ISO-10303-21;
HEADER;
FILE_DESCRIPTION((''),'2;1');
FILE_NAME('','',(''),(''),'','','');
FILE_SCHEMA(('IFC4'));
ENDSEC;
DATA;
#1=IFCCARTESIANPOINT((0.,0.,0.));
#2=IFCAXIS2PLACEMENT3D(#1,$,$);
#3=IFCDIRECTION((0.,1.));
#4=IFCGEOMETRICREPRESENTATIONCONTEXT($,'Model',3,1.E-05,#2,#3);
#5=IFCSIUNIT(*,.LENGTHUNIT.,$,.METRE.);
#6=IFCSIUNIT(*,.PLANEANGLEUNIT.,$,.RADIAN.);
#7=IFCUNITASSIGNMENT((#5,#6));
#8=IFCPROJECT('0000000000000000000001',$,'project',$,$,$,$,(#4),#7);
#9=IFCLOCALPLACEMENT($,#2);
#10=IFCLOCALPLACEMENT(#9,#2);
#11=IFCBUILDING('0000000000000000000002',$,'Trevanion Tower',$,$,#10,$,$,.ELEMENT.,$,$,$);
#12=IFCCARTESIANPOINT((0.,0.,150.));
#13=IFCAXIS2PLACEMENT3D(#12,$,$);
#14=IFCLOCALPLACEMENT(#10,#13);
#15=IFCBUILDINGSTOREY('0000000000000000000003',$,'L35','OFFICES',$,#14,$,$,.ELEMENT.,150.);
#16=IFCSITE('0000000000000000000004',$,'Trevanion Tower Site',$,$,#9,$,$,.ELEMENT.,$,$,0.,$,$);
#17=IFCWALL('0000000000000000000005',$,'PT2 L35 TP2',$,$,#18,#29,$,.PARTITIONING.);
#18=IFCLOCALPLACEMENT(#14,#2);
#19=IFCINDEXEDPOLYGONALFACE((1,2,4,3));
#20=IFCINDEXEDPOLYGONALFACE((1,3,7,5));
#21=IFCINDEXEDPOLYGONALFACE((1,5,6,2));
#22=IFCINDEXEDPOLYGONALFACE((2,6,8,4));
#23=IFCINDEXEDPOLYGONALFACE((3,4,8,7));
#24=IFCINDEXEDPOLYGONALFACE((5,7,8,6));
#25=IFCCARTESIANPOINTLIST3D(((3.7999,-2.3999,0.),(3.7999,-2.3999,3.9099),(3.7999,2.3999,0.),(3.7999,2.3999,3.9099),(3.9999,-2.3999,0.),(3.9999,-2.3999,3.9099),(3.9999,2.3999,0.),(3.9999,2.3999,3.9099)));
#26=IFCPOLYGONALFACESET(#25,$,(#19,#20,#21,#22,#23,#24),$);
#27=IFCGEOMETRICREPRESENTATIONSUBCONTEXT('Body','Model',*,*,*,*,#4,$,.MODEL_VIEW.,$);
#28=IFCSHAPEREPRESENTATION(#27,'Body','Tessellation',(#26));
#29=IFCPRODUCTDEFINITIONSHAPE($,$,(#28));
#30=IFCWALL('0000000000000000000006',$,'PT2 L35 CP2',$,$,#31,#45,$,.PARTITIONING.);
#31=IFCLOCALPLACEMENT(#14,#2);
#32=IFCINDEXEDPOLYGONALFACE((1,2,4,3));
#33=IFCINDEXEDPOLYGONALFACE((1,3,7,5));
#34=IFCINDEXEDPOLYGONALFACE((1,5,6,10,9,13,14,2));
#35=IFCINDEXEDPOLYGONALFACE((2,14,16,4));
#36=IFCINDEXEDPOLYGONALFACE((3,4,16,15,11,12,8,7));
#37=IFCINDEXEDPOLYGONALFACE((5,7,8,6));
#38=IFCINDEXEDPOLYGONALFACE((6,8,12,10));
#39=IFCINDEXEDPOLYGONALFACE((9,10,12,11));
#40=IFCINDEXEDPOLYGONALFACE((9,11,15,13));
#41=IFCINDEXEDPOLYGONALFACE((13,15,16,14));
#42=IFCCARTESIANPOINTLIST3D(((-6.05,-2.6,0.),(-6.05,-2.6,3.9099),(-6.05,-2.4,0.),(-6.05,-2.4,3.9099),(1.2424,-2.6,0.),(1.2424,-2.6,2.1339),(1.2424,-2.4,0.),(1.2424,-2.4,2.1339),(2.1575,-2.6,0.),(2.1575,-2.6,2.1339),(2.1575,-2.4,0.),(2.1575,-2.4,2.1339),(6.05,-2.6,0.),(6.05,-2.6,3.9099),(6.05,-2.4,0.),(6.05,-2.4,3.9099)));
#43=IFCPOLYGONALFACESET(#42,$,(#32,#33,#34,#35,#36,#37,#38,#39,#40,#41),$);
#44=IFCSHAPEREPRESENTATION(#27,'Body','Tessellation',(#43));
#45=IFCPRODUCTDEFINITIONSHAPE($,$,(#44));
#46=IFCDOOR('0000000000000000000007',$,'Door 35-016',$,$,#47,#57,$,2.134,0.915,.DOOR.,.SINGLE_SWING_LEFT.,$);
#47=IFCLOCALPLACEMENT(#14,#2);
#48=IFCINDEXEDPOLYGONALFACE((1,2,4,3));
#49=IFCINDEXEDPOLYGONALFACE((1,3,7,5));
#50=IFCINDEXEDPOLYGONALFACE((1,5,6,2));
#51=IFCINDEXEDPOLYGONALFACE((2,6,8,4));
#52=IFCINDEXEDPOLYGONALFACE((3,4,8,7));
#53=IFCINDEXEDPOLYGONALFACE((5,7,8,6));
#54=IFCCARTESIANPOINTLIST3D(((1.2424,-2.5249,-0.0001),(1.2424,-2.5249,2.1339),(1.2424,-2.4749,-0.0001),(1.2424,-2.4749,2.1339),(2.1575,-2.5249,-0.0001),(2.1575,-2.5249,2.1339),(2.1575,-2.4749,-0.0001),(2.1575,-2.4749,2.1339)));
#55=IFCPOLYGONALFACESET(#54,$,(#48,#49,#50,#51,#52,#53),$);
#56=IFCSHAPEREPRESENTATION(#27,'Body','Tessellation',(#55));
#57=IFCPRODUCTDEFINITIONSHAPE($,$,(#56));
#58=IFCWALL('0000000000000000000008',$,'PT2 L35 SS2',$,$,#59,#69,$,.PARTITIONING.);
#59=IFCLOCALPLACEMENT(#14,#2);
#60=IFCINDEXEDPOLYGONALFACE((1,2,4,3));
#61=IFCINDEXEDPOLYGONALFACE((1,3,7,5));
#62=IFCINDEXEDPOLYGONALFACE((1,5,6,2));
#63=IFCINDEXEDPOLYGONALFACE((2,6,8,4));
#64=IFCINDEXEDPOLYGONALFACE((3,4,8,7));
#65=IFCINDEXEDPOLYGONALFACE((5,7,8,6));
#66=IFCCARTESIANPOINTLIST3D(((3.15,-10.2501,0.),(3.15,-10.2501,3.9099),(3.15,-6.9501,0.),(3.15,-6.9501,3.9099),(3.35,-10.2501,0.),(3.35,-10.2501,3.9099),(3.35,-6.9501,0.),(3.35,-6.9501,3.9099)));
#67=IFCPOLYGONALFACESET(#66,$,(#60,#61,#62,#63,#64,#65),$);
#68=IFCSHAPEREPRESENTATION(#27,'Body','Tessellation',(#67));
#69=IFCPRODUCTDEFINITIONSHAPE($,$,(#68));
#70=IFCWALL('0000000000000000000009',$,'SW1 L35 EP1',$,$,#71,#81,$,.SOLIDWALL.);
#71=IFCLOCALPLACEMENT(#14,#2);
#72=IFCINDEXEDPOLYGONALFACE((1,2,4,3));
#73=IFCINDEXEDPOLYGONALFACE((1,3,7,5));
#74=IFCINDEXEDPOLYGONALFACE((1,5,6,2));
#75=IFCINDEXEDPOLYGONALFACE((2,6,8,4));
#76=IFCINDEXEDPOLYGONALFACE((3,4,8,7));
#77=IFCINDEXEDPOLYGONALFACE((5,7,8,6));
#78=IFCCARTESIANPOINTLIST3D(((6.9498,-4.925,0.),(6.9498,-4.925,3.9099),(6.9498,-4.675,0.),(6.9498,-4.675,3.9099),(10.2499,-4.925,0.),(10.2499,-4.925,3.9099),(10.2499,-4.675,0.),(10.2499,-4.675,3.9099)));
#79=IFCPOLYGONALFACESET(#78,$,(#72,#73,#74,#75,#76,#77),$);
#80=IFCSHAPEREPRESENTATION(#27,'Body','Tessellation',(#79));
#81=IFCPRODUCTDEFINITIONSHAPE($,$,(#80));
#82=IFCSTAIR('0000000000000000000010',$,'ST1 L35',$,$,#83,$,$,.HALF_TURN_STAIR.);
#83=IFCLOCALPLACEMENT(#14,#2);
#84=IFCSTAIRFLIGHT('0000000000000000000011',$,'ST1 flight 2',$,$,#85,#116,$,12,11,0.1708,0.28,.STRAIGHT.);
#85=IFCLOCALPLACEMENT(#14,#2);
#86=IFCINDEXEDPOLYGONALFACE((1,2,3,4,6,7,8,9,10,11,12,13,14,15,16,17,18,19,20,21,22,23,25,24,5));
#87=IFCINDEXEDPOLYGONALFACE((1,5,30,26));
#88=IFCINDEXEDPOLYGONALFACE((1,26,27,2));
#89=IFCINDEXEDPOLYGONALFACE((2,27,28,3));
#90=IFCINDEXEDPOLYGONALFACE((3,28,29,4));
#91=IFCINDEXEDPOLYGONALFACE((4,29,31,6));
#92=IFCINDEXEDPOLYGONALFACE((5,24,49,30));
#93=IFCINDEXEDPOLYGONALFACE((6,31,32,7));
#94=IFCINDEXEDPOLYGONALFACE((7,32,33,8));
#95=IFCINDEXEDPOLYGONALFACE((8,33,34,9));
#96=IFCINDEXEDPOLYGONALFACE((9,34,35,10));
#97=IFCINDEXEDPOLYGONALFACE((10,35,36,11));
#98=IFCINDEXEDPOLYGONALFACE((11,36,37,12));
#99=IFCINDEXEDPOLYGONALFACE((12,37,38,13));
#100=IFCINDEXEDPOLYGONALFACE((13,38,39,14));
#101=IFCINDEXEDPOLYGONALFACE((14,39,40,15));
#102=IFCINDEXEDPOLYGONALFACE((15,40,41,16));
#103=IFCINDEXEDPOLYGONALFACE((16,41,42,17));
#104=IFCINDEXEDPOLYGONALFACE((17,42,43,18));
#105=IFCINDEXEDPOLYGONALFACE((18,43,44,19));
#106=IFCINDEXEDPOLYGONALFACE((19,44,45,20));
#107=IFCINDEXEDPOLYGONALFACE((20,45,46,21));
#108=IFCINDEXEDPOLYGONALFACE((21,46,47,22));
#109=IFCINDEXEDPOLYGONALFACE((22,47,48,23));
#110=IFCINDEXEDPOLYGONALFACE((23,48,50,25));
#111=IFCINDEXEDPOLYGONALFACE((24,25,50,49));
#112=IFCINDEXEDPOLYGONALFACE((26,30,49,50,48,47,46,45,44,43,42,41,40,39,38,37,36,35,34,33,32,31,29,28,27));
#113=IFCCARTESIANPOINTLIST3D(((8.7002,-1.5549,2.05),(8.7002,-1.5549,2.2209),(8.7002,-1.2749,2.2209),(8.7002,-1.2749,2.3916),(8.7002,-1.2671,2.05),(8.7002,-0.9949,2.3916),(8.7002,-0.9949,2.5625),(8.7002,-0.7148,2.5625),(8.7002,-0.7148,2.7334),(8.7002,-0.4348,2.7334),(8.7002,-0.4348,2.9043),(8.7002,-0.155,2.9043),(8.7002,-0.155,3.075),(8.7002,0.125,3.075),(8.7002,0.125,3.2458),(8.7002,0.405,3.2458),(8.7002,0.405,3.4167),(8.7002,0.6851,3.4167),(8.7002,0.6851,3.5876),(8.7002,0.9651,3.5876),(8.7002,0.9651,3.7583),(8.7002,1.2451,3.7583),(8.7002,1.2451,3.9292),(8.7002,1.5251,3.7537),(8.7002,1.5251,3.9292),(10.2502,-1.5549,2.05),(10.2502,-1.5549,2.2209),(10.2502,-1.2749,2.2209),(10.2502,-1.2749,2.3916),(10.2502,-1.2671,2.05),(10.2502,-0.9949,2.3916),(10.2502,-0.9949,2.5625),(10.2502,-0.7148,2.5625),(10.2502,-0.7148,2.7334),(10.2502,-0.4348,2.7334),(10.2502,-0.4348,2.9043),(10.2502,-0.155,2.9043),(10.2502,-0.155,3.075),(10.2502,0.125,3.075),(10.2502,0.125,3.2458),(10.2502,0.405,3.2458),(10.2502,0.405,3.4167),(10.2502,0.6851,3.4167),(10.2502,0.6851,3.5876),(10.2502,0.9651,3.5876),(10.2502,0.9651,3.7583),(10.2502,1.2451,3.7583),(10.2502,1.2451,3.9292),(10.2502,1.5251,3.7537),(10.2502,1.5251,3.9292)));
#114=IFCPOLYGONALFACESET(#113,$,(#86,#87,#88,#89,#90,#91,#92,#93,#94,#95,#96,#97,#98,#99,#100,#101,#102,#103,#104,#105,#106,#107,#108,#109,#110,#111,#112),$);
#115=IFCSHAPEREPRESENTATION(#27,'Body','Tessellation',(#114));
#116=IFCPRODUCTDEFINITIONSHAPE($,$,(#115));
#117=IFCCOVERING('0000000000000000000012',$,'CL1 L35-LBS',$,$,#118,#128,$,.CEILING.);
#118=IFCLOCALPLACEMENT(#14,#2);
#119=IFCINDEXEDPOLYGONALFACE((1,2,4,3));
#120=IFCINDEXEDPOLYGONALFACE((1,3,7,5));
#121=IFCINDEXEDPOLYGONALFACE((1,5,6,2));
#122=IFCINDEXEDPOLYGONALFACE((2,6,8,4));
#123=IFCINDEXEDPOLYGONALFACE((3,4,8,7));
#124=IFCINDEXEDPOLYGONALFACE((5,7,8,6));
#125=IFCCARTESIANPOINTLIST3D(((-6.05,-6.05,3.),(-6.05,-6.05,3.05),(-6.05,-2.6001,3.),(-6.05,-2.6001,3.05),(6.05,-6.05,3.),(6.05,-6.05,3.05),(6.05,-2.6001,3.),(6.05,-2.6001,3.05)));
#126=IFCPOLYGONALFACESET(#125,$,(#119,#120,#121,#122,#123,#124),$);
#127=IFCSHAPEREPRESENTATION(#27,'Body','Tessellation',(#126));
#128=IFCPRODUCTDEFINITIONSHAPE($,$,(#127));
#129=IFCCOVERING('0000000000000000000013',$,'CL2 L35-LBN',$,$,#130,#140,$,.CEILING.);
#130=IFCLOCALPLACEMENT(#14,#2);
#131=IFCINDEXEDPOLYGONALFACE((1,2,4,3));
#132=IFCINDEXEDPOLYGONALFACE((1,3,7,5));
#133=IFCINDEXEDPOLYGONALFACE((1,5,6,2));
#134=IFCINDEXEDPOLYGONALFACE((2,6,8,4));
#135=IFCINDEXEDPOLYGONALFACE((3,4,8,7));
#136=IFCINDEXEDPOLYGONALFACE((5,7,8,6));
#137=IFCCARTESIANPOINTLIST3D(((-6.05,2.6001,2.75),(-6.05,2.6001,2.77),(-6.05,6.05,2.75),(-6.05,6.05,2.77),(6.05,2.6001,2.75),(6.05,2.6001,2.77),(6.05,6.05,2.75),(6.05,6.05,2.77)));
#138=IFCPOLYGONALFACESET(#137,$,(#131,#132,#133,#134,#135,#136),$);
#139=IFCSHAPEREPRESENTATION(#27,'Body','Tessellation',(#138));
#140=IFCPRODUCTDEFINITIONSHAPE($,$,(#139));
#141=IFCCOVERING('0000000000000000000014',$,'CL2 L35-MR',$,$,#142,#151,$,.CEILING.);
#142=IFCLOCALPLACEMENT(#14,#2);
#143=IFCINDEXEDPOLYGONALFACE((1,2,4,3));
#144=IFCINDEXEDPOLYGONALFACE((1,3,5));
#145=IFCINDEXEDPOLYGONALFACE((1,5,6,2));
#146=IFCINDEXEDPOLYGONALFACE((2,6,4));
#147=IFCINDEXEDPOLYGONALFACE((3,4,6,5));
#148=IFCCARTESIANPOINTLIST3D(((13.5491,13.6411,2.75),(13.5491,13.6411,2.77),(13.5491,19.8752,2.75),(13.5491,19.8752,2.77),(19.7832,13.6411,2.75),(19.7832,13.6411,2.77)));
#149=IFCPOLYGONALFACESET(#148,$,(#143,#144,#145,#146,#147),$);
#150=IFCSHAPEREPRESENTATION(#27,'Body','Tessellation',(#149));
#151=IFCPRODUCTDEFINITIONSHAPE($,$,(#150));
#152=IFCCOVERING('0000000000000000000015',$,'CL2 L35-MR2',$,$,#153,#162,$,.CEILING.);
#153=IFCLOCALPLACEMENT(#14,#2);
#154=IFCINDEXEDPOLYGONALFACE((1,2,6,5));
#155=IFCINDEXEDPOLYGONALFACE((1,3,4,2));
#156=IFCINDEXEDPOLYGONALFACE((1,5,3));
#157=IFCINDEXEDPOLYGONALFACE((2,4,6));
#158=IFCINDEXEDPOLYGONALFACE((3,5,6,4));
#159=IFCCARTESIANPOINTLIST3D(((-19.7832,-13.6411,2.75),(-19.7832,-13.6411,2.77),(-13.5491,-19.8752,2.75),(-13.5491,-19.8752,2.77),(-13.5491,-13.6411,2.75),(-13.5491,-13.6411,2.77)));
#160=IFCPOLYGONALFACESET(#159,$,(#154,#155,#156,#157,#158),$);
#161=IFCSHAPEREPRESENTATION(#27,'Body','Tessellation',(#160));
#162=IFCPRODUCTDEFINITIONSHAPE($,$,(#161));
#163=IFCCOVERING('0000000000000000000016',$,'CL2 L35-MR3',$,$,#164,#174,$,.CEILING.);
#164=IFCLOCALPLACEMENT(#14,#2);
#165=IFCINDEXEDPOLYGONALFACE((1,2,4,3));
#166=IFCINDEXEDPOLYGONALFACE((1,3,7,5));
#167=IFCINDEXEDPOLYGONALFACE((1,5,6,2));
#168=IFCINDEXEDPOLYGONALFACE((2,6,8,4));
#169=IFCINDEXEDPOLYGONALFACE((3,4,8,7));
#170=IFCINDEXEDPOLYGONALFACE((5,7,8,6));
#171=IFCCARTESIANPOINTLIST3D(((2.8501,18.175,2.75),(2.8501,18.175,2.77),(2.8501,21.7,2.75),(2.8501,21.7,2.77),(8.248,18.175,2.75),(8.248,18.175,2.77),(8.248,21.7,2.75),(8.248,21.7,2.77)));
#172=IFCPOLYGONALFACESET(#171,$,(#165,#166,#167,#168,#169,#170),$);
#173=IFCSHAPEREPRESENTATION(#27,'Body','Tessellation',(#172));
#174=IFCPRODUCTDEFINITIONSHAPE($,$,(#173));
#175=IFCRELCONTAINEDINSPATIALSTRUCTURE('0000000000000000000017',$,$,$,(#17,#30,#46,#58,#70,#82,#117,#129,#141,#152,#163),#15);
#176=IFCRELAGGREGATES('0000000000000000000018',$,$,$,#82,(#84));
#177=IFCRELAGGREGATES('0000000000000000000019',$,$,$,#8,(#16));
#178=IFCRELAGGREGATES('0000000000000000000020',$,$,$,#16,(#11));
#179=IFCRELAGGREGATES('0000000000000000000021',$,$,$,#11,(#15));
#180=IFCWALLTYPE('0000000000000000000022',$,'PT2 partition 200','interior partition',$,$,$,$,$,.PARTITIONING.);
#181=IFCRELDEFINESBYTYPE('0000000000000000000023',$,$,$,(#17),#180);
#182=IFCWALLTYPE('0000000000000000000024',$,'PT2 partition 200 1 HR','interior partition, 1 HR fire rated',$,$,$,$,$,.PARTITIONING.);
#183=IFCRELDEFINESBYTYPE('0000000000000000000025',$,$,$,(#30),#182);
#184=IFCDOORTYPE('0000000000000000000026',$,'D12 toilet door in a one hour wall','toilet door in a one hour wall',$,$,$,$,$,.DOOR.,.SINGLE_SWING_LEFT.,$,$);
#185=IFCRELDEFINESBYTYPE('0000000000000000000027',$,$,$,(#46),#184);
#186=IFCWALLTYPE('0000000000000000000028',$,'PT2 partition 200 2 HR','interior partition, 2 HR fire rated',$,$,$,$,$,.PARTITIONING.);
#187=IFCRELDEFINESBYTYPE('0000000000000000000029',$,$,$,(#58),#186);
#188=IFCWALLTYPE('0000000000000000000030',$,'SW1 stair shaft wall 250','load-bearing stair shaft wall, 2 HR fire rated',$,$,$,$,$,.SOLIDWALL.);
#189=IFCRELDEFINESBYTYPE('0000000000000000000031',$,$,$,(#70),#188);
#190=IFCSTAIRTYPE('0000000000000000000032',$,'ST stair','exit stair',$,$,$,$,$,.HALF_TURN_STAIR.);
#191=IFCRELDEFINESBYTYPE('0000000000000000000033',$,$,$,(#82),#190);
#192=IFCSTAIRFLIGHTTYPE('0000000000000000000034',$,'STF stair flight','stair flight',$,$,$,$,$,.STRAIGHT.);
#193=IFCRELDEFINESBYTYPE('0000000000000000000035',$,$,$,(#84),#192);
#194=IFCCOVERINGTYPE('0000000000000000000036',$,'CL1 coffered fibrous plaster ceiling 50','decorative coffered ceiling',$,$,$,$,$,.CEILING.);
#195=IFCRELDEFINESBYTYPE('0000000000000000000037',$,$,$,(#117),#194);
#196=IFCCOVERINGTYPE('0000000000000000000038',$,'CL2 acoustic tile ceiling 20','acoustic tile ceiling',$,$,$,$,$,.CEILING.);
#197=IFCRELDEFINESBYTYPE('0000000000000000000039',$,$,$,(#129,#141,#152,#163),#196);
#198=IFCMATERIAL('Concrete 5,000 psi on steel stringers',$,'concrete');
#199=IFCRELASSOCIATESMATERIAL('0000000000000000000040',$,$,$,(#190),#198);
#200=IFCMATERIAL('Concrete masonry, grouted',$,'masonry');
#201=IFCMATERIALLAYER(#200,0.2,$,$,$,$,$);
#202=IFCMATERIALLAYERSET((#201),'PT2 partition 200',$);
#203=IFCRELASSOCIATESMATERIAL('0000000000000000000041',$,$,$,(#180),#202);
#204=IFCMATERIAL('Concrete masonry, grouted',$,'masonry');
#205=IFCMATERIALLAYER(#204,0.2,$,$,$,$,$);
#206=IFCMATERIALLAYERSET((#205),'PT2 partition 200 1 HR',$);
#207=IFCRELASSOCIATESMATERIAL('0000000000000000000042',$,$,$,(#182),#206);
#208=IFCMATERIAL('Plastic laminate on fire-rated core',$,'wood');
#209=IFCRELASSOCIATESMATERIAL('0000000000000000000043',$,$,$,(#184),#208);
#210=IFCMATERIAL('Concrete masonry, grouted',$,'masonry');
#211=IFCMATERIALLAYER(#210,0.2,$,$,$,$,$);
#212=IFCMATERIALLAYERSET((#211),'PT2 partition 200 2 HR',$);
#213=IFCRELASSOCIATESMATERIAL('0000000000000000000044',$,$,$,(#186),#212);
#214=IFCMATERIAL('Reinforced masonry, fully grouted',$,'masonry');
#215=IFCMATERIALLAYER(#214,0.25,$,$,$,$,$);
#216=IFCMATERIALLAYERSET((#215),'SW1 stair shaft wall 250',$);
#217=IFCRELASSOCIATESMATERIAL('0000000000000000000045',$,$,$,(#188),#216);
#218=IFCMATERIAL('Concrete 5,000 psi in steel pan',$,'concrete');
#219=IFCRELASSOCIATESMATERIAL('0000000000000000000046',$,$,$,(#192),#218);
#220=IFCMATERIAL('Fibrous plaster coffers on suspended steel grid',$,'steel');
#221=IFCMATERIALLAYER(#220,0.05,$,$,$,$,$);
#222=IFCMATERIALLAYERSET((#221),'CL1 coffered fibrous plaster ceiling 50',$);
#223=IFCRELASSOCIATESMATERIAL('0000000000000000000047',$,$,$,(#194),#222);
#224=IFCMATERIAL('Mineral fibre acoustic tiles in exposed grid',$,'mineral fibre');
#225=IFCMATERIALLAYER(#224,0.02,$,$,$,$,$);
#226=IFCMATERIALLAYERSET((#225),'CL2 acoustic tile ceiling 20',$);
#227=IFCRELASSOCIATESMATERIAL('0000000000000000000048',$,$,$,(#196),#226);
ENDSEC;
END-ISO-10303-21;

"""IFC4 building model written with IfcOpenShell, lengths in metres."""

from ifc_helpers import new_model, si_unit, direction, frame, frame_2d, origin, place, context, subcontext, project, spatial, polyline, rectangle, outline, extrude, material, layer, layer_set, type_object, element, fill, aggregate, save


model = new_model("IFC4")

# Units and contexts
model_context = context("Model", 3, precision=1e-05, world=origin(), true_north=direction((0.0, 1.0)))
body_context = subcontext(model_context, "Body", "Model", "MODEL_VIEW")
ifc_project = project(units=[si_unit("LENGTHUNIT", "METRE"), si_unit("PLANEANGLEUNIT", "RADIAN")], contexts=[model_context])

# Site, building, storey
site_placement = place(None, origin())
site = spatial("IfcSite", under=ifc_project, at=site_placement, Name="Trevanion Tower Site", CompositionType="ELEMENT", RefElevation=0.0)
building_placement = place(site_placement, origin())
building = spatial("IfcBuilding", under=site, at=building_placement, Name="Trevanion Tower", CompositionType="ELEMENT")
storey_placement = place(building_placement, frame((0.0, 0.0, 150.0)))
storey = spatial("IfcBuildingStorey", under=building, at=storey_placement, Name="L35", Description="OFFICES", CompositionType="ELEMENT", Elevation=150.0)

# Shared definitions
ifc_material_1 = material(Name="Concrete 5,000 psi on steel stringers", Category="concrete")
stair_type = type_object("IfcStairType", Name="ST stair", Description="exit stair", PredefinedType="HALF_TURN_STAIR", material=ifc_material_1)

# Wall
ifc_material_2 = material(Name="Concrete masonry, grouted", Category="masonry")
ifc_layer_1 = layer(ifc_material_2, 0.2)
ifc_layer_set_1 = layer_set([ifc_layer_1], Name="PT2 partition 200")
wall_type_1 = type_object("IfcWallType", Name="PT2 partition 200", Description="interior partition", PredefinedType="PARTITIONING", material=ifc_layer_set_1)
wall_1_placement = place(storey_placement, frame((3.8999, -2.3999, 0.0), z_axis=(0.0, 0.0, 1.0), x_axis=(0.0, 1.0, 0.0)))
element("IfcWall", 1, at=wall_1_placement, inside=storey, type_object=wall_type_1, Name="PT2 L35 TP2", PredefinedType="PARTITIONING", context=body_context, shape_type="SweptSolid", body=[
    extrude(rectangle(XDim=4.7998, YDim=0.2, at=frame_2d((2.3999, 0.0))), origin(), (0.0, 0.0, 1.0), 3.9099),
])

# Wall, opening, door
ifc_material_3 = material(Name="Concrete masonry, grouted", Category="masonry")
ifc_layer_2 = layer(ifc_material_3, 0.2)
ifc_layer_set_2 = layer_set([ifc_layer_2], Name="PT2 partition 200 1 HR")
wall_type_2 = type_object("IfcWallType", Name="PT2 partition 200 1 HR", Description="interior partition, 1 HR fire rated", PredefinedType="PARTITIONING", material=ifc_layer_set_2)
wall_2_placement = place(storey_placement, frame((6.05, -2.5, 0.0), z_axis=(0.0, 0.0, 1.0), x_axis=(-1.0, 0.0, 0.0)))
wall_2 = element("IfcWall", 2, at=wall_2_placement, inside=storey, type_object=wall_type_2, Name="PT2 L35 CP2", PredefinedType="PARTITIONING", context=body_context, shape_type="SweptSolid", body=[
    extrude(rectangle(XDim=12.1001, YDim=0.2, at=frame_2d((6.05, 0.0))), origin(), (0.0, 0.0, 1.0), 3.9099),
])
opening_1_placement = place(wall_2_placement, frame((3.8926, 0.0, 0.0)))
opening_1 = element("IfcOpeningElement", 3, at=opening_1_placement, cuts=wall_2, PredefinedType="OPENING", context=body_context, shape_type="SweptSolid", body=[
    extrude(rectangle(XDim=0.915, YDim=2.134, at=frame_2d((0.4575, 1.0669))), frame((0.0, 0.1099, 0.0), z_axis=(0.0, -1.0, 0.0), x_axis=(1.0, 0.0, 0.0)), (0.0, 0.0, 1.0), 0.22),
])
ifc_material_4 = material(Name="Plastic laminate on fire-rated core", Category="wood")
door_type_1 = type_object("IfcDoorType", Name="D12 toilet door in a one hour wall", Description="toilet door in a one hour wall", OperationType="SINGLE_SWING_LEFT", PredefinedType="DOOR", material=ifc_material_4)
door_1_placement = place(opening_1_placement, origin())
door_1 = element("IfcDoor", 4, at=door_1_placement, inside=storey, type_object=door_type_1, Name="Door 35-016", OperationType="SINGLE_SWING_LEFT", OverallHeight=2.134, OverallWidth=0.915, PredefinedType="DOOR", context=body_context, shape_type="SweptSolid", body=[
    extrude(rectangle(XDim=0.915, YDim=2.134, at=frame_2d((0.4575, 1.0669))), frame((0.0, 0.0249, 0.0), z_axis=(0.0, -1.0, 0.0), x_axis=(1.0, 0.0, 0.0)), (0.0, 0.0, 1.0), 0.05),
])
fill(opening_1, door_1)

# Walls
ifc_material_5 = material(Name="Concrete masonry, grouted", Category="masonry")
ifc_layer_3 = layer(ifc_material_5, 0.2)
ifc_layer_set_3 = layer_set([ifc_layer_3], Name="PT2 partition 200 2 HR")
wall_type_3 = type_object("IfcWallType", Name="PT2 partition 200 2 HR", Description="interior partition, 2 HR fire rated", PredefinedType="PARTITIONING", material=ifc_layer_set_3)
wall_3_placement = place(storey_placement, frame((3.25, -10.25, 0.0), z_axis=(0.0, 0.0, 1.0), x_axis=(0.0, 1.0, 0.0)))
element("IfcWall", 5, at=wall_3_placement, inside=storey, type_object=wall_type_3, Name="PT2 L35 SS2", PredefinedType="PARTITIONING", context=body_context, shape_type="SweptSolid", body=[
    extrude(rectangle(XDim=3.3, YDim=0.2, at=frame_2d((1.6499, 0.0))), origin(), (0.0, 0.0, 1.0), 3.9099),
])
ifc_material_6 = material(Name="Reinforced masonry, fully grouted", Category="masonry")
ifc_layer_4 = layer(ifc_material_6, 0.25)
ifc_layer_set_4 = layer_set([ifc_layer_4], Name="SW1 stair shaft wall 250")
wall_type_4 = type_object("IfcWallType", Name="SW1 stair shaft wall 250", Description="load-bearing stair shaft wall, 2 HR fire rated", PredefinedType="SOLIDWALL", material=ifc_layer_set_4)
wall_4_placement = place(storey_placement, frame((6.95, -4.8, 0.0), z_axis=(0.0, 0.0, 1.0), x_axis=(1.0, 0.0, 0.0)))
element("IfcWall", 6, at=wall_4_placement, inside=storey, type_object=wall_type_4, Name="SW1 L35 EP1", PredefinedType="SOLIDWALL", context=body_context, shape_type="SweptSolid", body=[
    extrude(rectangle(XDim=3.3, YDim=0.25, at=frame_2d((1.6499, 0.0))), origin(), (0.0, 0.0, 1.0), 3.9099),
])

# Stair, stair flight
stair_1_placement = place(storey_placement, origin())
stair_1 = element("IfcStair", 7, at=stair_1_placement, inside=storey, type_object=stair_type, Name="ST1 L35", PredefinedType="HALF_TURN_STAIR")
ifc_material_7 = material(Name="Concrete 5,000 psi in steel pan", Category="concrete")
stair_flight_type = type_object("IfcStairFlightType", Name="STF stair flight", Description="stair flight", PredefinedType="STRAIGHT", material=ifc_material_7)
stair_flight_placement = place(storey_placement, frame((9.4751, -1.5549, 2.05), z_axis=(0.0, 0.0, 1.0), x_axis=(0.0, 1.0, 0.0)))
stair_flight = element("IfcStairFlight", 8, at=stair_flight_placement, type_object=stair_flight_type, Name="ST1 flight 2", NumberOfRisers=12, NumberOfTreads=11, PredefinedType="STRAIGHT", RiserHeight=0.1708, TreadLength=0.28, context=body_context, shape_type="SweptSolid", body=[
    extrude(outline(polyline([(0.0, 0.0), (0.0, 0.1709), (0.28, 0.1709), (0.28, 0.3416), (0.5601, 0.3416), (0.5601, 0.5125), (0.8401, 0.5125), (0.8401, 0.6833), (1.1201, 0.6833), (1.1201, 0.8542), (1.3999, 0.8542), (1.3999, 1.0249), (1.6799, 1.0249), (1.6799, 1.1958), (1.96, 1.1958), (1.96, 1.3667), (2.24, 1.3667), (2.24, 1.5376), (2.52, 1.5376), (2.52, 1.7083), (2.8, 1.7083), (2.8, 1.8792), (3.0801, 1.8792), (3.0801, 2.05), (3.0801, 1.7036), (0.2878, 0.0), (0.0, 0.0)])), frame((0.0, 0.7749, 0.0), z_axis=(0.0, -1.0, 0.0), x_axis=(1.0, 0.0, 0.0)), (0.0, 0.0, 1.0), 1.55),
])
aggregate(stair_1, [stair_flight])

# Coverings
ifc_material_8 = material(Name="Fibrous plaster coffers on suspended steel grid", Category="steel")
ifc_layer_5 = layer(ifc_material_8, 0.05)
ifc_layer_set_5 = layer_set([ifc_layer_5], Name="CL1 coffered fibrous plaster ceiling 50")
covering_type_1 = type_object("IfcCoveringType", Name="CL1 coffered fibrous plaster ceiling 50", Description="decorative coffered ceiling", PredefinedType="CEILING", material=ifc_layer_set_5)
covering_1_placement = place(storey_placement, frame((0.0, 0.0, 3.0)))
element("IfcCovering", 9, at=covering_1_placement, inside=storey, type_object=covering_type_1, Name="CL1 L35-LBS", PredefinedType="CEILING", context=body_context, shape_type="SweptSolid", body=[
    extrude(outline(polyline([(6.05, -6.05), (6.05, -2.6001), (-6.05, -2.6001), (-6.05, -6.05), (6.05, -6.05)])), origin(), (0.0, 0.0, 1.0), 0.05),
])
ifc_material_9 = material(Name="Mineral fibre acoustic tiles in exposed grid", Category="mineral fibre")
ifc_layer_6 = layer(ifc_material_9, 0.02)
ifc_layer_set_6 = layer_set([ifc_layer_6], Name="CL2 acoustic tile ceiling 20")
covering_type_2 = type_object("IfcCoveringType", Name="CL2 acoustic tile ceiling 20", Description="acoustic tile ceiling", PredefinedType="CEILING", material=ifc_layer_set_6)
covering_2_placement = place(storey_placement, frame((0.0, 0.0, 2.75)))
element("IfcCovering", 10, at=covering_2_placement, inside=storey, type_object=covering_type_2, Name="CL2 L35-LBN", PredefinedType="CEILING", context=body_context, shape_type="SweptSolid", body=[
    extrude(outline(polyline([(6.05, 2.6001), (6.05, 6.05), (-6.05, 6.05), (-6.05, 2.6001), (6.05, 2.6001)])), origin(), (0.0, 0.0, 1.0), 0.02),
])
covering_3_placement = place(storey_placement, frame((0.0, 0.0, 2.75)))
element("IfcCovering", 11, at=covering_3_placement, inside=storey, type_object=covering_type_2, Name="CL2 L35-MR", PredefinedType="CEILING", context=body_context, shape_type="SweptSolid", body=[
    extrude(outline(polyline([(13.5491, 19.8752), (19.7832, 13.6411), (13.5491, 13.6411), (13.5491, 19.8752)])), origin(), (0.0, 0.0, 1.0), 0.02),
])
covering_4_placement = place(storey_placement, frame((0.0, 0.0, 2.75)))
element("IfcCovering", 12, at=covering_4_placement, inside=storey, type_object=covering_type_2, Name="CL2 L35-MR2", PredefinedType="CEILING", context=body_context, shape_type="SweptSolid", body=[
    extrude(outline(polyline([(-13.5491, -19.8752), (-19.7832, -13.6411), (-13.5491, -13.6411), (-13.5491, -19.8752)])), origin(), (0.0, 0.0, 1.0), 0.02),
])
covering_5_placement = place(storey_placement, frame((0.0, 0.0, 2.75)))
element("IfcCovering", 13, at=covering_5_placement, inside=storey, type_object=covering_type_2, Name="CL2 L35-MR3", PredefinedType="CEILING", context=body_context, shape_type="SweptSolid", body=[
    extrude(outline(polyline([(8.248, 18.175), (2.8501, 18.175), (2.8501, 21.7), (8.248, 21.7), (8.248, 18.175)])), origin(), (0.0, 0.0, 1.0), 0.02),
])

save(model, "model.ifc")
